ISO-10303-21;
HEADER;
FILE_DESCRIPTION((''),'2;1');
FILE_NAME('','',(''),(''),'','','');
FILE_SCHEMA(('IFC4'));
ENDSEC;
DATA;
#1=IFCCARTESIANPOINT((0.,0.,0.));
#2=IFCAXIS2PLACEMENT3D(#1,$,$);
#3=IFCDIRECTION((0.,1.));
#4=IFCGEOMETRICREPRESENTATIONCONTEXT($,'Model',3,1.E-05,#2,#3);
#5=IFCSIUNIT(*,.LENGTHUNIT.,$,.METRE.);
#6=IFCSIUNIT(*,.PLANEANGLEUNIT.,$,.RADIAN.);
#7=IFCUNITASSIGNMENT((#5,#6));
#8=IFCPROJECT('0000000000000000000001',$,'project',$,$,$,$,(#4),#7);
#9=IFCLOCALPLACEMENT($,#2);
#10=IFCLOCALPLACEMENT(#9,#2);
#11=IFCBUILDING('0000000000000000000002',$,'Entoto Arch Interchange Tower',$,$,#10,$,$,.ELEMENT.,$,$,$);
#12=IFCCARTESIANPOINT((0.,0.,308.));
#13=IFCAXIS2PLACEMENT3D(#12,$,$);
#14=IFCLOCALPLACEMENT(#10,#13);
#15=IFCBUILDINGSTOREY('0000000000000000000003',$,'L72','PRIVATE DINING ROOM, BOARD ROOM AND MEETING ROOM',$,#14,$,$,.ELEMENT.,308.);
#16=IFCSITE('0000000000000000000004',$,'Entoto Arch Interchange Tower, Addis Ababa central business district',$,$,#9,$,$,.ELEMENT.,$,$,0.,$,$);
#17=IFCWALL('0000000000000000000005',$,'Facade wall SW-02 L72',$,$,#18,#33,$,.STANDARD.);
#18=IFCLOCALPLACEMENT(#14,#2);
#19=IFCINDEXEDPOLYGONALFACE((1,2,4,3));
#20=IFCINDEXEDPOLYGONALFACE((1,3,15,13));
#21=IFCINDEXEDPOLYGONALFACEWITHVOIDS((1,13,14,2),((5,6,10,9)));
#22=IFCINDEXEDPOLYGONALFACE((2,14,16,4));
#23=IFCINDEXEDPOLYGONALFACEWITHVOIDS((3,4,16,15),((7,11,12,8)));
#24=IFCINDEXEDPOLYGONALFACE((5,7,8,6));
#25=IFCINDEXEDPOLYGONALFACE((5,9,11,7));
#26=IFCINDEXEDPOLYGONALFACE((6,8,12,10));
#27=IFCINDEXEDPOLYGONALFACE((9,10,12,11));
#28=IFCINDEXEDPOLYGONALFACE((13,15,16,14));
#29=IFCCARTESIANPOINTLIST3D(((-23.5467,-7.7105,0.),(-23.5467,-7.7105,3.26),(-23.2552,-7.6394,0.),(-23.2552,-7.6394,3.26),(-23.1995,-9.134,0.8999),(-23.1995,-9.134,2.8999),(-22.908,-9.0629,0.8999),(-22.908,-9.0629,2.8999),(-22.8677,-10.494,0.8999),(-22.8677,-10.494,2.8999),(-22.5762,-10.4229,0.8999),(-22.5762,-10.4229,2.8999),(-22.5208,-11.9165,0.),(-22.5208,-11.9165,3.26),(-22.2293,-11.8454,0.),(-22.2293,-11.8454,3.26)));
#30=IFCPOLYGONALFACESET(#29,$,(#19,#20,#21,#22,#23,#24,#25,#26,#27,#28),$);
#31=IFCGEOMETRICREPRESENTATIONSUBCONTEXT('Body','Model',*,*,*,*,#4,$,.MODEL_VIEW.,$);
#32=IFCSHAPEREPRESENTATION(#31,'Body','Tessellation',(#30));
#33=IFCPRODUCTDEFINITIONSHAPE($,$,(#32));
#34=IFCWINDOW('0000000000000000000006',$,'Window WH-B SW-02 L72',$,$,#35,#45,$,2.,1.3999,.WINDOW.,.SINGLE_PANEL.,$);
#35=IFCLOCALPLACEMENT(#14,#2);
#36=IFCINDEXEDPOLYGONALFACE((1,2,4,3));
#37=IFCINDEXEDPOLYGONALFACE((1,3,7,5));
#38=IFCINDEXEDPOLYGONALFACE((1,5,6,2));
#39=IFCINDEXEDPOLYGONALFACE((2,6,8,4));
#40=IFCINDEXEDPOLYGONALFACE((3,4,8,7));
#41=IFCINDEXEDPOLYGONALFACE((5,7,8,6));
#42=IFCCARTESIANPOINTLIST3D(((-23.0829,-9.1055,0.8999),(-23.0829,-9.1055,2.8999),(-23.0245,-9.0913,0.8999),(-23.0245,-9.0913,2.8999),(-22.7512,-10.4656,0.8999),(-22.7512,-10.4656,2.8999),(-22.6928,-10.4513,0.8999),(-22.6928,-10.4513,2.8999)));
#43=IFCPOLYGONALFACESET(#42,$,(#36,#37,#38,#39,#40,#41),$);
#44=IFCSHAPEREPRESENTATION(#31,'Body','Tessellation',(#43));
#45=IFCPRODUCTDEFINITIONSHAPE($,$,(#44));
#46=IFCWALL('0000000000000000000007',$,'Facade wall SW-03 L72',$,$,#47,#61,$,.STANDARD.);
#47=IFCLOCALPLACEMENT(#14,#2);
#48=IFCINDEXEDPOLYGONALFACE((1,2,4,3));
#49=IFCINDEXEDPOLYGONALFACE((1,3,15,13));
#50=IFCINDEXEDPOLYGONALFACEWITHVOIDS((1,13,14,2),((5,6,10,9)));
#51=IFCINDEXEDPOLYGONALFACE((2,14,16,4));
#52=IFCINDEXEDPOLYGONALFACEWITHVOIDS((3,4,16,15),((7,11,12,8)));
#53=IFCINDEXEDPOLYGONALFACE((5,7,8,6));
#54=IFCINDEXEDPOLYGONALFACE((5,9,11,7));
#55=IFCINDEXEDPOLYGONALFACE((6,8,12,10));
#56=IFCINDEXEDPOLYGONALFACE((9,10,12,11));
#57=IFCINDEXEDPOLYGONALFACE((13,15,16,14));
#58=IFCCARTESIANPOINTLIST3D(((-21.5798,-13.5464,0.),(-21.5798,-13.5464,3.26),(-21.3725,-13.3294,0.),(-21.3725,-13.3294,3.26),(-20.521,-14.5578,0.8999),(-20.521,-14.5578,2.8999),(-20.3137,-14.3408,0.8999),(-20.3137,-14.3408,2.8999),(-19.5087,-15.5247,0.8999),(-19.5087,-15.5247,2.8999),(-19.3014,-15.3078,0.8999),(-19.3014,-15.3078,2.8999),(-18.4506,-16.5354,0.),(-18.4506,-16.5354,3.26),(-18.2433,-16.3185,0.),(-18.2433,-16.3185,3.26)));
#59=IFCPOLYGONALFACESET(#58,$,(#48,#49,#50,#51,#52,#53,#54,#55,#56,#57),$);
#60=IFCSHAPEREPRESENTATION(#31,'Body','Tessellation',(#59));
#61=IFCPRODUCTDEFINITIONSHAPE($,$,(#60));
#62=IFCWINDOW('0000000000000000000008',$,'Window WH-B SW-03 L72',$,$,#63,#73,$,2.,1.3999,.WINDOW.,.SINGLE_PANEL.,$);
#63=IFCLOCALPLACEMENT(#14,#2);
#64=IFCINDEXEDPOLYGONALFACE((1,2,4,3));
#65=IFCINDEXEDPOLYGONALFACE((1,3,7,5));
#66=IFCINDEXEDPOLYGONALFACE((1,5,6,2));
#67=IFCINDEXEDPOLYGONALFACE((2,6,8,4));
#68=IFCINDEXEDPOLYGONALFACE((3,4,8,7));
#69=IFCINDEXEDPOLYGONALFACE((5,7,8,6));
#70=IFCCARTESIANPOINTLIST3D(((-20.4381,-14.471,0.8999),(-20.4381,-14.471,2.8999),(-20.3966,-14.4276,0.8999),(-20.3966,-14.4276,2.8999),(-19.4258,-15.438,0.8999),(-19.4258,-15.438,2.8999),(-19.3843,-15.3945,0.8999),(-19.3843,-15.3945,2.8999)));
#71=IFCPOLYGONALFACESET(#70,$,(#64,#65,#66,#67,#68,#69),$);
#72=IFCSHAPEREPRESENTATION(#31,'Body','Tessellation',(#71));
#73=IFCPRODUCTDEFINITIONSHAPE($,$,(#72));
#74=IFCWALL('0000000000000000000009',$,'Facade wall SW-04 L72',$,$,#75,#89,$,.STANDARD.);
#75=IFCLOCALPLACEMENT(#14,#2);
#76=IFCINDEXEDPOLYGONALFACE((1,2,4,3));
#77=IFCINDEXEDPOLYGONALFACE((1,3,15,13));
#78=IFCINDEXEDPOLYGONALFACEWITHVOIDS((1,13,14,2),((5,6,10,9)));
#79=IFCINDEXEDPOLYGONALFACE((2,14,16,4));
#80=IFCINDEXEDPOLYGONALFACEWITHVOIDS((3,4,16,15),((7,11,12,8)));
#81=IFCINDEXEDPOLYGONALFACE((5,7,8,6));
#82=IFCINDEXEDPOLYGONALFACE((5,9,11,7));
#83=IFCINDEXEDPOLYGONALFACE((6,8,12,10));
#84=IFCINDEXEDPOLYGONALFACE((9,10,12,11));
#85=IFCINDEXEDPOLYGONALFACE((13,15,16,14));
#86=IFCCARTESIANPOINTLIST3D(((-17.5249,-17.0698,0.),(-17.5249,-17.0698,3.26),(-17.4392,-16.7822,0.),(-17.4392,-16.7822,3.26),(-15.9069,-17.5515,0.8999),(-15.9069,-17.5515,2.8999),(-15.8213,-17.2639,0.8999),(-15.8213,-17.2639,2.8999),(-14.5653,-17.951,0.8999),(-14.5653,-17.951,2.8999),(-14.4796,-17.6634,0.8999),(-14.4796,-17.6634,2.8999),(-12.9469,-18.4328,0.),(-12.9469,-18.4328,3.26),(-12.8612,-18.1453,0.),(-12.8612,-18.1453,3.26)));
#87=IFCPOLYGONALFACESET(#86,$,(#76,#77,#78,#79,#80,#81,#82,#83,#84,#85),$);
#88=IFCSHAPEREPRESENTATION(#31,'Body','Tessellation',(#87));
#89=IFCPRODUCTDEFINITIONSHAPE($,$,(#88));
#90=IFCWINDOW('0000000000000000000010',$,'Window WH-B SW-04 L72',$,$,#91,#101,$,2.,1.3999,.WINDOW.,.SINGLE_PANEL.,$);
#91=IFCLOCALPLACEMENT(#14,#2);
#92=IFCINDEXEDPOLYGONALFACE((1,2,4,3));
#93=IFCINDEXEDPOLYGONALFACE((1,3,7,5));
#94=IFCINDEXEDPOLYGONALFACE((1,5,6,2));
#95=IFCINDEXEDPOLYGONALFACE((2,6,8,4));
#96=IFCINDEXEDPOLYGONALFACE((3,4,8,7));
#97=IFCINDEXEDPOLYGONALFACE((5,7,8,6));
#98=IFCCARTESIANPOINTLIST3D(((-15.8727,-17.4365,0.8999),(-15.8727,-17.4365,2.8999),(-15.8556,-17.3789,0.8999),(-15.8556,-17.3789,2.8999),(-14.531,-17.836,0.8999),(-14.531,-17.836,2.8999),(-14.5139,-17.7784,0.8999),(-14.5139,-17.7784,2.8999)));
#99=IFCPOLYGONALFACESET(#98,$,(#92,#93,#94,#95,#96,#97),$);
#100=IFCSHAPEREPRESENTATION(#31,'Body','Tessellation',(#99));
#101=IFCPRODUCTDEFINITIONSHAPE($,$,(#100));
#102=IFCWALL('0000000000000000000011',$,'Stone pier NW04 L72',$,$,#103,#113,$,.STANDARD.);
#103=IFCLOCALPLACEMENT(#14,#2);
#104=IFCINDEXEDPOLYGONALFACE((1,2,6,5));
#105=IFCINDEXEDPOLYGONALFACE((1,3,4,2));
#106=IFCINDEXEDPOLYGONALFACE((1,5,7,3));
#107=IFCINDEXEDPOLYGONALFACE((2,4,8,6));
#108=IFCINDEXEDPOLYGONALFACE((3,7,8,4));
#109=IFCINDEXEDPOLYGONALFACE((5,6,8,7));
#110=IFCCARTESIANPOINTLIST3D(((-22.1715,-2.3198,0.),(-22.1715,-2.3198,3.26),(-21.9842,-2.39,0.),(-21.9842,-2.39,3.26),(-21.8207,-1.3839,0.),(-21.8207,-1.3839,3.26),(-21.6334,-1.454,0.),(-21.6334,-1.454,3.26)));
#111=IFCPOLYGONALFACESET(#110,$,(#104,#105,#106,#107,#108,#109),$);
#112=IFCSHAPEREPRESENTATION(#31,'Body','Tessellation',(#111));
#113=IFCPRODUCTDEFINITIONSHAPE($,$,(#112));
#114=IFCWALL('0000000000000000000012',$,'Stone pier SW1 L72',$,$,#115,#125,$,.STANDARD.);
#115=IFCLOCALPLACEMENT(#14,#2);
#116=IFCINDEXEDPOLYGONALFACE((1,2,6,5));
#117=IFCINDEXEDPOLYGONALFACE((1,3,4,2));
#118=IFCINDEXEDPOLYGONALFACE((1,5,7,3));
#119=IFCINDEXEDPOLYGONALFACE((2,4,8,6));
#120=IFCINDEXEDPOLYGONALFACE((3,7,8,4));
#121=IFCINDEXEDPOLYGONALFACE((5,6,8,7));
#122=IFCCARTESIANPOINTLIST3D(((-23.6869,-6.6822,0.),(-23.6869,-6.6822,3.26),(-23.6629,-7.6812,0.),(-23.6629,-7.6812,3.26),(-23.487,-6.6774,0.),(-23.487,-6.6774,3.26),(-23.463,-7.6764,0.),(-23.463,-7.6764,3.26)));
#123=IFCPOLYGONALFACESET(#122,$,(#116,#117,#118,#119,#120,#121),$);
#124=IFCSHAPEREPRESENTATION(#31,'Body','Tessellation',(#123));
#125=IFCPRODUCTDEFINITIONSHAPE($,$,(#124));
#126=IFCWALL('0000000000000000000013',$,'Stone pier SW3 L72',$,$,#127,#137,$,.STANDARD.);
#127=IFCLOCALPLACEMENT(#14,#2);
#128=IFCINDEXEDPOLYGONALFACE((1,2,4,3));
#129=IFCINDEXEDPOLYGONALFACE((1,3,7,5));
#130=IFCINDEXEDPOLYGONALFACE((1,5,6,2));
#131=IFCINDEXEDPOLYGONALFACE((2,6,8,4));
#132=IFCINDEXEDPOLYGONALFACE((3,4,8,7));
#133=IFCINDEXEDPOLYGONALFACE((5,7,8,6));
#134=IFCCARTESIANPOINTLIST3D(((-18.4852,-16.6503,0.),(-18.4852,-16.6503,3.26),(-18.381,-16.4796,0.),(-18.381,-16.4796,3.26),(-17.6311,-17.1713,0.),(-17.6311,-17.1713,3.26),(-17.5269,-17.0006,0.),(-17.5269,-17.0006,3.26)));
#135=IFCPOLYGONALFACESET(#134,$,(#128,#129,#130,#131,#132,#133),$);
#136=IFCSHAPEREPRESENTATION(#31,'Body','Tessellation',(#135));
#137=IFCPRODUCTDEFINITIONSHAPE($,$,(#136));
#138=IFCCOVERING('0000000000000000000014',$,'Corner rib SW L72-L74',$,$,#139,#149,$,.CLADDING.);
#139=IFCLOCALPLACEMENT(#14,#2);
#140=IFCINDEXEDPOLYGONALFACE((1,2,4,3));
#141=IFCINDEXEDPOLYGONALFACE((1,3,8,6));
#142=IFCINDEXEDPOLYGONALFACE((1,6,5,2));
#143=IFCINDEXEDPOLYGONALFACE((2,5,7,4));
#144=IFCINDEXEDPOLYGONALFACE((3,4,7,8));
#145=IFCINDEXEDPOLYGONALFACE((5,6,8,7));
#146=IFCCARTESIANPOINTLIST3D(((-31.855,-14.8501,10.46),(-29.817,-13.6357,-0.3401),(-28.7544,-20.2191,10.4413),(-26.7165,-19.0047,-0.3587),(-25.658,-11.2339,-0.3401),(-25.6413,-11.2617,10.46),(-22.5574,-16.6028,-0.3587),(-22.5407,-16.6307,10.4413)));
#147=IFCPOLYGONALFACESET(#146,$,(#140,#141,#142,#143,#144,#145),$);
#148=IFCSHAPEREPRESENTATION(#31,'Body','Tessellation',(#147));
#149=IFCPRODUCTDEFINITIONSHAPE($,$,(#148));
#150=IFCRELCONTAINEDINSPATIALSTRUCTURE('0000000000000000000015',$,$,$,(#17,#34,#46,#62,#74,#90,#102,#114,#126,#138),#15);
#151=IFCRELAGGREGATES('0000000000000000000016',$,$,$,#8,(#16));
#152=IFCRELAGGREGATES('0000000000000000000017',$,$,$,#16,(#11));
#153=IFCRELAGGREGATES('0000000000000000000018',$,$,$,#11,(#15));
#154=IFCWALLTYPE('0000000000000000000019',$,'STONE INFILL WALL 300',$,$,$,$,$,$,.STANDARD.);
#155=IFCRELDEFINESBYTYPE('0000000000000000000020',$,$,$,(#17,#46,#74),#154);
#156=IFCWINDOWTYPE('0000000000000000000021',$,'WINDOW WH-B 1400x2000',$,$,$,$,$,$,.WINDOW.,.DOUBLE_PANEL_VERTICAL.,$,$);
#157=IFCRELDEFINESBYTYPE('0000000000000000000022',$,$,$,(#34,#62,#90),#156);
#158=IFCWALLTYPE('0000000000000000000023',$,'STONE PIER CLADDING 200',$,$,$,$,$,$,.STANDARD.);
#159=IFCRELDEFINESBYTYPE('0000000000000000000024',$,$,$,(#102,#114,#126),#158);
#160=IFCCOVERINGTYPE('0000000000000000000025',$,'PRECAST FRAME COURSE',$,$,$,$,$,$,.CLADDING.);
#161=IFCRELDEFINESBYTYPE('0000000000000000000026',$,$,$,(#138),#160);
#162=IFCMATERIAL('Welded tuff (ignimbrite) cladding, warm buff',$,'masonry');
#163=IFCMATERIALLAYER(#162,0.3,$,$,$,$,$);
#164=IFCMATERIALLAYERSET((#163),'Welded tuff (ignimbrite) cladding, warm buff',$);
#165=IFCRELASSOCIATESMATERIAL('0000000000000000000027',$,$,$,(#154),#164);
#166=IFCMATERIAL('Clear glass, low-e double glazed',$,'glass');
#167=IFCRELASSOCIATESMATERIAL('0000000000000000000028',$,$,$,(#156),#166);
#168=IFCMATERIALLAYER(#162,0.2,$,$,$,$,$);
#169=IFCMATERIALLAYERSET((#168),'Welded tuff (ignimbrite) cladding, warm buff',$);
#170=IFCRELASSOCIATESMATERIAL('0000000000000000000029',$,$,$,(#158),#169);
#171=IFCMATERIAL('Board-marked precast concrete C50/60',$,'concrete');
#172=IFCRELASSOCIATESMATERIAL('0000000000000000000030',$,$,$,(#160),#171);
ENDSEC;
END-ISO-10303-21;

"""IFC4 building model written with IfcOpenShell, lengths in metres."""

from ifc_helpers import new_model, si_unit, direction, frame, frame_2d, origin, place, context, subcontext, project, spatial, polyline, rectangle, outline, extrude, material, layer, layer_set, type_object, element, fill, save


model = new_model("IFC4")

# Units and contexts
model_context = context("Model", 3, precision=1e-05, world=origin(), true_north=direction((0.0, 1.0)))
body_context = subcontext(model_context, "Body", "Model", "MODEL_VIEW")
ifc_project = project(units=[si_unit("LENGTHUNIT", "METRE"), si_unit("PLANEANGLEUNIT", "RADIAN")], contexts=[model_context])

# Site, building, storey
site_placement = place(None, origin())
site = spatial("IfcSite", under=ifc_project, at=site_placement, Name="Entoto Arch Interchange Tower, Addis Ababa central business district", CompositionType="ELEMENT", RefElevation=0.0)
building_placement = place(site_placement, origin())
building = spatial("IfcBuilding", under=site, at=building_placement, Name="Entoto Arch Interchange Tower", CompositionType="ELEMENT")
storey_placement = place(building_placement, frame((0.0, 0.0, 308.0)))
storey = spatial("IfcBuildingStorey", under=building, at=storey_placement, Name="L72", Description="PRIVATE DINING ROOM, BOARD ROOM AND MEETING ROOM", CompositionType="ELEMENT", Elevation=308.0)

# Walls, openings, windows
ifc_material_1 = material(Name="Welded tuff (ignimbrite) cladding, warm buff", Category="masonry")
ifc_layer_1 = layer(ifc_material_1, 0.3)
ifc_layer_set_1 = layer_set([ifc_layer_1], Name="Welded tuff (ignimbrite) cladding, warm buff")
wall_type_1 = type_object("IfcWallType", Name="STONE INFILL WALL 300", PredefinedType="STANDARD", material=ifc_layer_set_1)
ifc_material_2 = material(Name="Clear glass, low-e double glazed", Category="glass")
window_type = type_object("IfcWindowType", Name="WINDOW WH-B 1400x2000", PartitioningType="DOUBLE_PANEL_VERTICAL", PredefinedType="WINDOW", material=ifc_material_2)
wall_1_placement = place(storey_placement, frame((-23.4009, -7.675, 0.0), z_axis=(0.0, 0.0, 1.0), x_axis=(0.236959, -0.97152, 0.0)))
wall_1 = element("IfcWall", 1, at=wall_1_placement, inside=storey, type_object=wall_type_1, Name="Facade wall SW-02 L72", PredefinedType="STANDARD", context=body_context, shape_type="SweptSolid", body=[
    extrude(rectangle(XDim=4.3293, YDim=0.3, at=frame_2d((2.1646, 0.0))), origin(), (0.0, 0.0, 1.0), 3.26),
])
opening_1_placement = place(wall_1_placement, frame((1.4651, 0.0, 0.8999)))
opening_1 = element("IfcOpeningElement", 2, at=opening_1_placement, cuts=wall_1, PredefinedType="OPENING", context=body_context, shape_type="SweptSolid", body=[
    extrude(rectangle(XDim=1.3999, YDim=2.0, at=frame_2d((0.7, 1.0))), frame((0.0, 0.1602, 0.0), z_axis=(0.0, -1.0, 0.0), x_axis=(1.0, 0.0, 0.0)), (0.0, 0.0, 1.0), 0.3201),
])
window_1_placement = place(opening_1_placement, origin())
window_1 = element("IfcWindow", 3, at=window_1_placement, inside=storey, type_object=window_type, Name="Window WH-B SW-02 L72", OverallHeight=2.0, OverallWidth=1.3999, PartitioningType="SINGLE_PANEL", PredefinedType="WINDOW", context=body_context, shape_type="SweptSolid", body=[
    extrude(rectangle(XDim=1.3999, YDim=2.0, at=frame_2d((0.7, 1.0))), frame((0.0, 0.03, 0.0), z_axis=(0.0, -1.0, 0.0), x_axis=(1.0, 0.0, 0.0)), (0.0, 0.0, 1.0), 0.0601),
])
fill(opening_1, window_1)
wall_2_placement = place(storey_placement, frame((-21.4761, -13.438, 0.0), z_axis=(0.0, 0.0, 1.0), x_axis=(0.723113, -0.690729, 0.0)))
wall_2 = element("IfcWall", 4, at=wall_2_placement, inside=storey, type_object=wall_type_1, Name="Facade wall SW-03 L72", PredefinedType="STANDARD", context=body_context, shape_type="SweptSolid", body=[
    extrude(rectangle(XDim=4.3274, YDim=0.3, at=frame_2d((2.1636, 0.0))), origin(), (0.0, 0.0, 1.0), 3.26),
])
opening_2_placement = place(wall_2_placement, frame((1.4641, 0.0, 0.8999)))
opening_2 = element("IfcOpeningElement", 5, at=opening_2_placement, cuts=wall_2, PredefinedType="OPENING", context=body_context, shape_type="SweptSolid", body=[
    extrude(rectangle(XDim=1.3999, YDim=2.0, at=frame_2d((0.7, 1.0))), frame((0.0, 0.1602, 0.0), z_axis=(0.0, -1.0, 0.0), x_axis=(1.0, 0.0, 0.0)), (0.0, 0.0, 1.0), 0.3201),
])
window_2_placement = place(opening_2_placement, origin())
window_2 = element("IfcWindow", 6, at=window_2_placement, inside=storey, type_object=window_type, Name="Window WH-B SW-03 L72", OverallHeight=2.0, OverallWidth=1.3999, PartitioningType="SINGLE_PANEL", PredefinedType="WINDOW", context=body_context, shape_type="SweptSolid", body=[
    extrude(rectangle(XDim=1.3999, YDim=2.0, at=frame_2d((0.7, 1.0))), frame((0.0, 0.03, 0.0), z_axis=(0.0, -1.0, 0.0), x_axis=(1.0, 0.0, 0.0)), (0.0, 0.0, 1.0), 0.0601),
])
fill(opening_2, window_2)
wall_3_placement = place(storey_placement, frame((-17.4819, -16.926, 0.0), z_axis=(0.0, 0.0, 1.0), x_axis=(0.958419, -0.285364, 0.0)))
wall_3 = element("IfcWall", 7, at=wall_3_placement, inside=storey, type_object=wall_type_1, Name="Facade wall SW-04 L72", PredefinedType="STANDARD", context=body_context, shape_type="SweptSolid", body=[
    extrude(rectangle(XDim=4.7766, YDim=0.3, at=frame_2d((2.3882, 0.0))), origin(), (0.0, 0.0, 1.0), 3.26),
])
opening_3_placement = place(wall_3_placement, frame((1.688, 0.0, 0.8999)))
opening_3 = element("IfcOpeningElement", 8, at=opening_3_placement, cuts=wall_3, PredefinedType="OPENING", context=body_context, shape_type="SweptSolid", body=[
    extrude(rectangle(XDim=1.3999, YDim=2.0, at=frame_2d((0.7, 1.0))), frame((0.0, 0.1602, 0.0), z_axis=(0.0, -1.0, 0.0), x_axis=(1.0, 0.0, 0.0)), (0.0, 0.0, 1.0), 0.3201),
])
window_3_placement = place(opening_3_placement, origin())
window_3 = element("IfcWindow", 9, at=window_3_placement, inside=storey, type_object=window_type, Name="Window WH-B SW-04 L72", OverallHeight=2.0, OverallWidth=1.3999, PartitioningType="SINGLE_PANEL", PredefinedType="WINDOW", context=body_context, shape_type="SweptSolid", body=[
    extrude(rectangle(XDim=1.3999, YDim=2.0, at=frame_2d((0.7, 1.0))), frame((0.0, 0.03, 0.0), z_axis=(0.0, -1.0, 0.0), x_axis=(1.0, 0.0, 0.0)), (0.0, 0.0, 1.0), 0.0601),
])
fill(opening_3, window_3)

# Walls
ifc_layer_2 = layer(ifc_material_1, 0.2)
ifc_layer_set_2 = layer_set([ifc_layer_2], Name="Welded tuff (ignimbrite) cladding, warm buff")
wall_type_2 = type_object("IfcWallType", Name="STONE PIER CLADDING 200", PredefinedType="STANDARD", material=ifc_layer_set_2)
wall_4_placement = place(storey_placement, frame((-21.7271, -1.4189, 0.0), z_axis=(0.0, 0.0, 1.0), x_axis=(-0.350963, -0.936389, 0.0)))
element("IfcWall", 10, at=wall_4_placement, inside=storey, type_object=wall_type_2, Name="Stone pier NW04 L72", PredefinedType="STANDARD", context=body_context, shape_type="SweptSolid", body=[
    extrude(rectangle(XDim=0.9995, YDim=0.2, at=frame_2d((0.4998, 0.0))), origin(), (0.0, 0.0, 1.0), 3.26),
])
wall_5_placement = place(storey_placement, frame((-23.5869, -6.6799, 0.0), z_axis=(0.0, 0.0, 1.0), x_axis=(0.023942, -0.999713, 0.0)))
element("IfcWall", 11, at=wall_5_placement, inside=storey, type_object=wall_type_2, Name="Stone pier SW1 L72", PredefinedType="STANDARD", context=body_context, shape_type="SweptSolid", body=[
    extrude(rectangle(XDim=0.9993, YDim=0.2, at=frame_2d((0.4995, 0.0))), origin(), (0.0, 0.0, 1.0), 3.26),
])
wall_6_placement = place(storey_placement, frame((-18.4331, -16.5649, 0.0), z_axis=(0.0, 0.0, 1.0), x_axis=(0.85368, -0.520798, 0.0)))
element("IfcWall", 12, at=wall_6_placement, inside=storey, type_object=wall_type_2, Name="Stone pier SW3 L72", PredefinedType="STANDARD", context=body_context, shape_type="SweptSolid", body=[
    extrude(rectangle(XDim=1.0005, YDim=0.2, at=frame_2d((0.5002, 0.0))), origin(), (0.0, 0.0, 1.0), 3.26),
])

# Covering
ifc_material_3 = material(Name="Board-marked precast concrete C50/60", Category="concrete")
covering_type = type_object("IfcCoveringType", Name="PRECAST FRAME COURSE", PredefinedType="CLADDING", material=ifc_material_3)
covering_placement = place(storey_placement, frame((-25.658, -11.2339, -0.3401), z_axis=(-0.500091, 0.865967, 0.003004), x_axis=(-0.865971, -0.500094, 0.0)))
element("IfcCovering", 13, at=covering_placement, inside=storey, type_object=covering_type, Name="Corner rib SW L72-L74", PredefinedType="CLADDING", context=body_context, shape_type="SweptSolid", body=[
    extrude(outline(polyline([(0.0, 0.0), (4.8028, 0.0), (7.1749, 10.8001), (-0.0005, 10.8001), (0.0, 0.0)])), origin(), (0.0, 0.0, -1.0), 6.2),
])

save(model, "model.ifc")
